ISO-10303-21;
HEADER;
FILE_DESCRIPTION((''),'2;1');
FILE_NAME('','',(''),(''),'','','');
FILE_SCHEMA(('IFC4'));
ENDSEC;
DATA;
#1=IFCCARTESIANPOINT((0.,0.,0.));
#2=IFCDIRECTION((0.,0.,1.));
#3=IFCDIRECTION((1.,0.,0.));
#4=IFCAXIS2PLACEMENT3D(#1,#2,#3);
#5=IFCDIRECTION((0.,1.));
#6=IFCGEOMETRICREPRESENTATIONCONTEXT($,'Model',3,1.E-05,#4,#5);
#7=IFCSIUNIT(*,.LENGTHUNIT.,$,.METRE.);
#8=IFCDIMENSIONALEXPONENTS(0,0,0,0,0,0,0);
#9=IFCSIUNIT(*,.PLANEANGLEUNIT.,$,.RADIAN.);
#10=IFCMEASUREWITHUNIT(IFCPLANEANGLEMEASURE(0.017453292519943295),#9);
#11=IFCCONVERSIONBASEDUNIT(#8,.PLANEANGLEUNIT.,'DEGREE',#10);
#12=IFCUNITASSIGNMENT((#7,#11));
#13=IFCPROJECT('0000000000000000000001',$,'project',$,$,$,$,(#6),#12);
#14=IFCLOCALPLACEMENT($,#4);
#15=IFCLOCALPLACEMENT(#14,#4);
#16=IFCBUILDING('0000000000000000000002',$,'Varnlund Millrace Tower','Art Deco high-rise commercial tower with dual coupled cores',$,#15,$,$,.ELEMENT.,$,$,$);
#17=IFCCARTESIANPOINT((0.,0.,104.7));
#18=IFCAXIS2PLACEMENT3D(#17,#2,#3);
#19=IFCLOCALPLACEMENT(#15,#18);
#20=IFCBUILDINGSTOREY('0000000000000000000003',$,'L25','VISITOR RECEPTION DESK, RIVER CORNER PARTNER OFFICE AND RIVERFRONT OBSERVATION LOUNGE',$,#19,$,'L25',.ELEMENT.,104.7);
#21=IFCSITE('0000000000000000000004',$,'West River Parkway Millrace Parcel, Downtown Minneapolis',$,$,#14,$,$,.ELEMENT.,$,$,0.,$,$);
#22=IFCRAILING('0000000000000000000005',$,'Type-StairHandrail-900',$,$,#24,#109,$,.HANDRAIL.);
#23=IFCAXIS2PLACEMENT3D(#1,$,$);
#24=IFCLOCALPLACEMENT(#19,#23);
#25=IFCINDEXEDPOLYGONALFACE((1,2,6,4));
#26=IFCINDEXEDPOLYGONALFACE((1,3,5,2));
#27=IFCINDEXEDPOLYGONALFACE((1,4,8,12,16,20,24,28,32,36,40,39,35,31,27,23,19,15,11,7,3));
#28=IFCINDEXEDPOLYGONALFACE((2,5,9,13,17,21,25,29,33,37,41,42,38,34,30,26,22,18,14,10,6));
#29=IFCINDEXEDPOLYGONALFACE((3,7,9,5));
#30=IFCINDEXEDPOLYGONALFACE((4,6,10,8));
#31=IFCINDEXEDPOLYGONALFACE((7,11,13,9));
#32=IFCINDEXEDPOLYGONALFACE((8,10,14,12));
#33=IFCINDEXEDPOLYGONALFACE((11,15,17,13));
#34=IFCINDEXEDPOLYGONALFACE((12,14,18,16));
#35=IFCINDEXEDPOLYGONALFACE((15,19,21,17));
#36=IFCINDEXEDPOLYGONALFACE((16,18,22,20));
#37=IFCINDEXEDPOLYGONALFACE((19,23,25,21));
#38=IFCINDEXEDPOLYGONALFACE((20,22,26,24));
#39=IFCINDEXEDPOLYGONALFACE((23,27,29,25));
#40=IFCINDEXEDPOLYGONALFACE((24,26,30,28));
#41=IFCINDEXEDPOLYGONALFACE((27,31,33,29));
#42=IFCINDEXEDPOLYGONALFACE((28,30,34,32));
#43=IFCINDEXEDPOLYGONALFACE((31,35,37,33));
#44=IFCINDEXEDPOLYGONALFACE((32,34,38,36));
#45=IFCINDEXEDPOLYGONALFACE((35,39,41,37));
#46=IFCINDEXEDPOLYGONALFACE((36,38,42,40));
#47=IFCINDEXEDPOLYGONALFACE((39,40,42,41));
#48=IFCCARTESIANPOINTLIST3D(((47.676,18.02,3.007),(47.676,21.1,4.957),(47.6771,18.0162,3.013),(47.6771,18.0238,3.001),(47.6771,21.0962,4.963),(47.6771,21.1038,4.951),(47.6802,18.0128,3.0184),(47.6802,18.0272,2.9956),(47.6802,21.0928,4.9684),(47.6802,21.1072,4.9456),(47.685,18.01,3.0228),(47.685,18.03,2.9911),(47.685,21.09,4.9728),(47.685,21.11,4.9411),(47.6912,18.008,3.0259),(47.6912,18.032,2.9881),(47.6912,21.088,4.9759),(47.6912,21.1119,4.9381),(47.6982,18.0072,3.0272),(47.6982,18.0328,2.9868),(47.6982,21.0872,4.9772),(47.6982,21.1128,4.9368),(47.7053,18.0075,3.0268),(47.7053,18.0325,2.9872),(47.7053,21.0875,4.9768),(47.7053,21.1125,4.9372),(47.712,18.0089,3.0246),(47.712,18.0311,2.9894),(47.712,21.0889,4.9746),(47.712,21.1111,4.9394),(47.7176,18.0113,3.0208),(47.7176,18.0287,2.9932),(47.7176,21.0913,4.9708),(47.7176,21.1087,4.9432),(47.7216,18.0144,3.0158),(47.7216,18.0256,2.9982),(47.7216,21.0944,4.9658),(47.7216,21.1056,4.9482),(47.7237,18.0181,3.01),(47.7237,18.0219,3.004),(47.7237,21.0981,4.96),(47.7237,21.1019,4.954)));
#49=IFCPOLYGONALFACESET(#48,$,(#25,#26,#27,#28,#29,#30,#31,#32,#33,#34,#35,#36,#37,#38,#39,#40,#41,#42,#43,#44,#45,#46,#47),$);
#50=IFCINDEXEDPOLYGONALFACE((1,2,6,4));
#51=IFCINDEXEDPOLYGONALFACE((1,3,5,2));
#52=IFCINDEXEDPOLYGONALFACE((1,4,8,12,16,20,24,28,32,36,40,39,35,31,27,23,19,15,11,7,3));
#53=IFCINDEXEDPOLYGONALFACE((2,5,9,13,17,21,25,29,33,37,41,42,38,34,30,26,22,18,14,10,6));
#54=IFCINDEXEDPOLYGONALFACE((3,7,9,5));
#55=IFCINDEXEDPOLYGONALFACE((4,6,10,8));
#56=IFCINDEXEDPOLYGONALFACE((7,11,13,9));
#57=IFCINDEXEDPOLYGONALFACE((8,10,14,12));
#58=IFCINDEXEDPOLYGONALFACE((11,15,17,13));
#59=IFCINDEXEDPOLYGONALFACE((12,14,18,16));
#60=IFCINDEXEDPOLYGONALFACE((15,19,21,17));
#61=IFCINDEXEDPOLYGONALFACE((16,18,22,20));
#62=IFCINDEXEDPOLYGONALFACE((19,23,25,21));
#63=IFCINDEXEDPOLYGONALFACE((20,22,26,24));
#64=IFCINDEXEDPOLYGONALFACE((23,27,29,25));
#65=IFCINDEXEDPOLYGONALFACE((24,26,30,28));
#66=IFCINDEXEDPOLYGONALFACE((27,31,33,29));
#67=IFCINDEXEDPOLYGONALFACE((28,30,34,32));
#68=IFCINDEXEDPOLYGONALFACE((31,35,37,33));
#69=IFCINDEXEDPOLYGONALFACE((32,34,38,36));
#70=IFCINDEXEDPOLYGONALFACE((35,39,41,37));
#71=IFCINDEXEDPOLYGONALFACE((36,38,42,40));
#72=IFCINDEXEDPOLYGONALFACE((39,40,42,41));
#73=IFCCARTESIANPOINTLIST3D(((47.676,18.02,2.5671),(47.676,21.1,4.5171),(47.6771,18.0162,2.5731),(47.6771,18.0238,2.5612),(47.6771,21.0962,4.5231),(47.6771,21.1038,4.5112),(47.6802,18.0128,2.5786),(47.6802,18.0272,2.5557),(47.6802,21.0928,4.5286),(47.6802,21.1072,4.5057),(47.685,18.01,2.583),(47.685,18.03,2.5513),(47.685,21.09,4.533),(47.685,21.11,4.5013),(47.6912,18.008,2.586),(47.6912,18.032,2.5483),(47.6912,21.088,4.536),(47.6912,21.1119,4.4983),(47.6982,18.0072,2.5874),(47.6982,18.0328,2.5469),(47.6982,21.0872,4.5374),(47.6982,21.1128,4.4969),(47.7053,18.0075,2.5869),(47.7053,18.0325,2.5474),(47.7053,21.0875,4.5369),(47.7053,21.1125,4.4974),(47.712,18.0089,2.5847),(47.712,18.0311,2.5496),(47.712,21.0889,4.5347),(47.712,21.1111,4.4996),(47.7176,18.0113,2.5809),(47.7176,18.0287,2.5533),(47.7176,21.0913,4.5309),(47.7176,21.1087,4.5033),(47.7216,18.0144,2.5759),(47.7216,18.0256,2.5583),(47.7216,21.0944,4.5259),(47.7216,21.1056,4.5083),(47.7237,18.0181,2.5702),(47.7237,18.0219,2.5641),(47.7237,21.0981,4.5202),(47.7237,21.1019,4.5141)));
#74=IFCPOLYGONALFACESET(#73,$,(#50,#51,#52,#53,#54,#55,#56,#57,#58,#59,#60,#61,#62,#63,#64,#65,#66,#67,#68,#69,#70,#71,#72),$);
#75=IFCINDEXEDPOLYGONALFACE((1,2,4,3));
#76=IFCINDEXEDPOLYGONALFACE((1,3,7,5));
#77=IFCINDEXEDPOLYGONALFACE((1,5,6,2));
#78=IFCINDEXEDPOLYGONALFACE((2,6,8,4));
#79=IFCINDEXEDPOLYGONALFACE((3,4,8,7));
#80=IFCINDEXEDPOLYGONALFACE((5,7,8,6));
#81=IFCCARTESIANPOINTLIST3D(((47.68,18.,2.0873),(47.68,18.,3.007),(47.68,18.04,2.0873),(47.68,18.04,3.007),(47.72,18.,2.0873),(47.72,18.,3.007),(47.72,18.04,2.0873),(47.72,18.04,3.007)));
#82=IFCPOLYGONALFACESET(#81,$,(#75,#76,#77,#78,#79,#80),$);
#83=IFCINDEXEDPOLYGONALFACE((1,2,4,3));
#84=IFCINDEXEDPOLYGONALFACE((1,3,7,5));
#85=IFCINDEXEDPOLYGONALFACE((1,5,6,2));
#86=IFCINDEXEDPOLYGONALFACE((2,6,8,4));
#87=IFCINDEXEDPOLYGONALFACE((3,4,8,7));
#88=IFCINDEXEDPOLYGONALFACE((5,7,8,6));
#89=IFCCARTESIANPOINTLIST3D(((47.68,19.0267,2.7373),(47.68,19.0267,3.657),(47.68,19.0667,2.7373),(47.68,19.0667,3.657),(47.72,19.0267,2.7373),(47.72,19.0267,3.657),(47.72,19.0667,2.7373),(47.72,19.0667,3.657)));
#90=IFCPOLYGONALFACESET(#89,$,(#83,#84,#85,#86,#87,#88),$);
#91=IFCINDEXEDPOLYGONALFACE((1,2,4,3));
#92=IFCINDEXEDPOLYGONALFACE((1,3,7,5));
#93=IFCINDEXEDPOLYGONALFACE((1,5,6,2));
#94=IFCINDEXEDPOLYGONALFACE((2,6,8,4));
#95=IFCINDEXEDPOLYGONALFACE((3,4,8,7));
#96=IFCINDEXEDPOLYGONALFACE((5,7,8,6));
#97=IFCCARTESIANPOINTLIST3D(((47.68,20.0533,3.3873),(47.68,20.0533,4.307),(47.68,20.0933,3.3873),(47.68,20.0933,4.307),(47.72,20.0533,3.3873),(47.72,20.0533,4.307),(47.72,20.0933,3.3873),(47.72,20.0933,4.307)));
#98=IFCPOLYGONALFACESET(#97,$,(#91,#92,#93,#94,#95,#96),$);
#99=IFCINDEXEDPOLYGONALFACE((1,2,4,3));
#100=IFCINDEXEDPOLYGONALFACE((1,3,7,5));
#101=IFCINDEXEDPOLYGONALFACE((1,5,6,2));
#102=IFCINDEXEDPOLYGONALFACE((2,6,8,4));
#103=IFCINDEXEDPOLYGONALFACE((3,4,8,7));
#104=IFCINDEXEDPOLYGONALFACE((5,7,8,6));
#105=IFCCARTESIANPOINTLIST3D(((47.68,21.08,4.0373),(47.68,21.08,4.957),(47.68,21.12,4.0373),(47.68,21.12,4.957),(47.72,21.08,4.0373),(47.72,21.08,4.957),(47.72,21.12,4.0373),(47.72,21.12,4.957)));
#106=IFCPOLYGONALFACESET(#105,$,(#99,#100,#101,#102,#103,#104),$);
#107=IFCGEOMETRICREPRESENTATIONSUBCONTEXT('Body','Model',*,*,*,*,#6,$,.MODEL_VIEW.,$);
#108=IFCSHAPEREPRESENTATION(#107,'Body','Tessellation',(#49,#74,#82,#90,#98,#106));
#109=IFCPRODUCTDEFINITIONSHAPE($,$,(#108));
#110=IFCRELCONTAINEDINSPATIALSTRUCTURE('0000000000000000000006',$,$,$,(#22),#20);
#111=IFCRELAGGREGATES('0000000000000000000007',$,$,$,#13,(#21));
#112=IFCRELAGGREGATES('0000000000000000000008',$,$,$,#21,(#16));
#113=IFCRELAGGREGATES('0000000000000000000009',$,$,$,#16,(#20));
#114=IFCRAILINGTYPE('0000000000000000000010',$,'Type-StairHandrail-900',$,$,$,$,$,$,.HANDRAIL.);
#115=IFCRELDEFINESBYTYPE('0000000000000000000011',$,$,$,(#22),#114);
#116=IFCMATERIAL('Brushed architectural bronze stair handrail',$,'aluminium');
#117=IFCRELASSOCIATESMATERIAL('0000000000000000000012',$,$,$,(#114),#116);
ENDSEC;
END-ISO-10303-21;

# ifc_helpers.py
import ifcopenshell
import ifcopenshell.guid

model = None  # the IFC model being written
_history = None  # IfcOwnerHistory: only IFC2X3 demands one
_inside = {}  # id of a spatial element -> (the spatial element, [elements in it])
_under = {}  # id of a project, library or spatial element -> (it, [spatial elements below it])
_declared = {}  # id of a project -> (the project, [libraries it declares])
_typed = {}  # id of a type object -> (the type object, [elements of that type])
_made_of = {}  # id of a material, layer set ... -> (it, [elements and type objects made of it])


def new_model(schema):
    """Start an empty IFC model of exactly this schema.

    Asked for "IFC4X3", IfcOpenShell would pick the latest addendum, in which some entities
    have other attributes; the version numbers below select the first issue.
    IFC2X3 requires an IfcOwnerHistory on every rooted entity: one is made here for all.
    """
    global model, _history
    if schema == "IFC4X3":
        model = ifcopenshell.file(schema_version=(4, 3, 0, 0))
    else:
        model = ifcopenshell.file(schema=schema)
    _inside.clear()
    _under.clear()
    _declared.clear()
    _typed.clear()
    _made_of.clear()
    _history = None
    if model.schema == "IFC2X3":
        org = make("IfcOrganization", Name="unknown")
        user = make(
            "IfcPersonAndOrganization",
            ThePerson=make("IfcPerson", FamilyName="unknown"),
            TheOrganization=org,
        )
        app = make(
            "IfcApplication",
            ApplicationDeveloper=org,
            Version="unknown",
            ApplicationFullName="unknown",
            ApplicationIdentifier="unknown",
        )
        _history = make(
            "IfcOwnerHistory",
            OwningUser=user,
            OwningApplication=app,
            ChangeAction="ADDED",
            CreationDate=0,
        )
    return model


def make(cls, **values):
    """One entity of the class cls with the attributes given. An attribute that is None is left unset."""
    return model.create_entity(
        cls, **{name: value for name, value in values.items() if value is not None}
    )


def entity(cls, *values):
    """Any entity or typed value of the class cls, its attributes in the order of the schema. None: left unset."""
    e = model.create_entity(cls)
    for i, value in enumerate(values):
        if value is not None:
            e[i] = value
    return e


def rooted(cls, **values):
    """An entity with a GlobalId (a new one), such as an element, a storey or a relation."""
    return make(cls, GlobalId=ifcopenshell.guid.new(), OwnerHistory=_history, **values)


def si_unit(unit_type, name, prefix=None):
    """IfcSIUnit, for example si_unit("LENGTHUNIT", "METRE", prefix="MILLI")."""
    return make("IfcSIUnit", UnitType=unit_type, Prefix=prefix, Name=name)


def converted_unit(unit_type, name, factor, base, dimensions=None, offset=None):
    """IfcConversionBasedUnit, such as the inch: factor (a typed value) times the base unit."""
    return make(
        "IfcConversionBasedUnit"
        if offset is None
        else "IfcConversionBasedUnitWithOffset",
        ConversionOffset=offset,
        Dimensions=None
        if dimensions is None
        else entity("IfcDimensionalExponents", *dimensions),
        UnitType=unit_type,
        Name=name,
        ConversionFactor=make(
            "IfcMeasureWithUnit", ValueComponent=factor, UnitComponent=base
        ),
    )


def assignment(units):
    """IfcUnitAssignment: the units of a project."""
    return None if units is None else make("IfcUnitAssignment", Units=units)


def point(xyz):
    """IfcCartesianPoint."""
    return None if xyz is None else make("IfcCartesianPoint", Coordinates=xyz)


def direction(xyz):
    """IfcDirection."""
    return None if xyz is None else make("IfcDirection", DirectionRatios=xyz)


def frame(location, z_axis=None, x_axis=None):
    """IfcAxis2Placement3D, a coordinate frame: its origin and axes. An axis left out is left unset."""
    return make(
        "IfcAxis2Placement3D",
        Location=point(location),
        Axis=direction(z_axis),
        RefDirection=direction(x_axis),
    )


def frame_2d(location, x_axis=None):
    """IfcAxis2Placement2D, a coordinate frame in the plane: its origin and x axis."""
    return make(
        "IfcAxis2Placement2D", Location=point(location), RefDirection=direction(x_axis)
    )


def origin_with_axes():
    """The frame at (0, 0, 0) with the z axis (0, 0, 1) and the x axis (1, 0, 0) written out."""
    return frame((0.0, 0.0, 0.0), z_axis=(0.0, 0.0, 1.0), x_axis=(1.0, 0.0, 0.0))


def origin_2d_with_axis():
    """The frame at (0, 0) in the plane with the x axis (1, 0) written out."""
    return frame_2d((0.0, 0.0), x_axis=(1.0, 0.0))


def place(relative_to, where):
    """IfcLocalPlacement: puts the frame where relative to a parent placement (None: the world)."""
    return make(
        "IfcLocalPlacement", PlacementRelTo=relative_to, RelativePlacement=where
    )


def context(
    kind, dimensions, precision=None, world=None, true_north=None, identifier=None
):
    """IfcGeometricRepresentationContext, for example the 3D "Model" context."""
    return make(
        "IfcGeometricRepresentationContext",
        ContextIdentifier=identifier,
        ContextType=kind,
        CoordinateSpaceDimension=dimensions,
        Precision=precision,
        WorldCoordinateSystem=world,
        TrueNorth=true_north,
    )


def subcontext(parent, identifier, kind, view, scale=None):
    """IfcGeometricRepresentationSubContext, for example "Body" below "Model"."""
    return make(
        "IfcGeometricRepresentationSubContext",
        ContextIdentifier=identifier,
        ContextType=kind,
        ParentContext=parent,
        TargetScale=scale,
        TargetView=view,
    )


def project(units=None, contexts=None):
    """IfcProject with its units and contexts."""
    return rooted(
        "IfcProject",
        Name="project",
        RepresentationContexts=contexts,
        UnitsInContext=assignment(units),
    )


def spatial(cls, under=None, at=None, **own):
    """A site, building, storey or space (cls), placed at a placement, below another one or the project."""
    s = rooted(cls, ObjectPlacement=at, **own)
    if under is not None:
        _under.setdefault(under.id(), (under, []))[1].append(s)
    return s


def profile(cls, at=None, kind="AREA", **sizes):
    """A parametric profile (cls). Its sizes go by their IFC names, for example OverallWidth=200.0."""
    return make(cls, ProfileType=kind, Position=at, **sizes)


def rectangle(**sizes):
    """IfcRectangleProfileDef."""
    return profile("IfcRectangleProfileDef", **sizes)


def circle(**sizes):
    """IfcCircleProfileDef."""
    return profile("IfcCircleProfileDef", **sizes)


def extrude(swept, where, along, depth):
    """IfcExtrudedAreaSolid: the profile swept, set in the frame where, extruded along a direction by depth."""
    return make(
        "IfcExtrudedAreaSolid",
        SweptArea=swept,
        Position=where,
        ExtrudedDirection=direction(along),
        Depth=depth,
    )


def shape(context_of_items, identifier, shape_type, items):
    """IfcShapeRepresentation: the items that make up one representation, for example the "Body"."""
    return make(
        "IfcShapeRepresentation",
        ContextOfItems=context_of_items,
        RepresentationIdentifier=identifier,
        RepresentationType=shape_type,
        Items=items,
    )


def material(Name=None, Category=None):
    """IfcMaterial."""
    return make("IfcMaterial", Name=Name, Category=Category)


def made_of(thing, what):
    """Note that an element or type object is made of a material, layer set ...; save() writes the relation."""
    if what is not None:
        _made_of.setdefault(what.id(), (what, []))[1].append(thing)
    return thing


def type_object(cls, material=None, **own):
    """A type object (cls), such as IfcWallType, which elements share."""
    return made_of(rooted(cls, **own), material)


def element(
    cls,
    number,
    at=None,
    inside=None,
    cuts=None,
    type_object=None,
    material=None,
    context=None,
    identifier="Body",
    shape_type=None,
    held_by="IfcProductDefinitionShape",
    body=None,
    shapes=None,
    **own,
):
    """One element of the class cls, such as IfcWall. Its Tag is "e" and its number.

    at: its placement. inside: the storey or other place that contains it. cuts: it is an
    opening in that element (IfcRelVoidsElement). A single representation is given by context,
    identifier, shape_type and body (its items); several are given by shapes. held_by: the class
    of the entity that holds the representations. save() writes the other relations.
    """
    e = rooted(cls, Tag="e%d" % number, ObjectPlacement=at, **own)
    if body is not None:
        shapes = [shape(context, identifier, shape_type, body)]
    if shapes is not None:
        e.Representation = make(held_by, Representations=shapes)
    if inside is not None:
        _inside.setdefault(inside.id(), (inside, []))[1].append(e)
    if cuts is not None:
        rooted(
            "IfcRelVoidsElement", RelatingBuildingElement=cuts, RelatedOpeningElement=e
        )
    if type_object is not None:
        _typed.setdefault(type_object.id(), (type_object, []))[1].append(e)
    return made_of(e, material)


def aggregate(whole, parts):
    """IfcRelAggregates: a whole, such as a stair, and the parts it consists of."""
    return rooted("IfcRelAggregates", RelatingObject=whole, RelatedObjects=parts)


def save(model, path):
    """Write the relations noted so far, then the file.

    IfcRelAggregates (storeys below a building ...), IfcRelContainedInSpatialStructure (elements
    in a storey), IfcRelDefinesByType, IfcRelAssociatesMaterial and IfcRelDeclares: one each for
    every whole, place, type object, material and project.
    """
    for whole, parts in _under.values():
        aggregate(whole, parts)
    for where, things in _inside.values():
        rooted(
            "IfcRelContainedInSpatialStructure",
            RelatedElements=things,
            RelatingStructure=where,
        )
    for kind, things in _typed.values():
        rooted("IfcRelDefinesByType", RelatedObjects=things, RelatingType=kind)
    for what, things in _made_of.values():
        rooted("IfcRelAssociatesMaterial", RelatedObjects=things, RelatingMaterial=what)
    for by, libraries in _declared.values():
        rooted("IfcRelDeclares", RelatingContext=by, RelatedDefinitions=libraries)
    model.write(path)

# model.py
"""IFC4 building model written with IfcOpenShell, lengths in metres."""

from ifc_helpers import new_model, entity, si_unit, converted_unit, direction, frame, origin_with_axes, origin_2d_with_axis, place, context, subcontext, project, spatial, rectangle, circle, extrude, material, type_object, element, save


model = new_model("IFC4")

# Units and contexts
model_context = context("Model", 3, precision=1e-05, world=origin_with_axes(), true_north=direction((0.0, 1.0)))
body_context = subcontext(model_context, "Body", "Model", "MODEL_VIEW")
ifc_project = project(units=[si_unit("LENGTHUNIT", "METRE"), converted_unit("PLANEANGLEUNIT", "DEGREE", entity("IfcPlaneAngleMeasure", 0.017453292519943295), si_unit("PLANEANGLEUNIT", "RADIAN"), dimensions=[0, 0, 0, 0, 0, 0, 0])], contexts=[model_context])

# Site, building, storey
site_placement = place(None, origin_with_axes())
site = spatial("IfcSite", under=ifc_project, at=site_placement, Name="West River Parkway Millrace Parcel, Downtown Minneapolis", CompositionType="ELEMENT", RefElevation=0.0)
building_placement = place(site_placement, origin_with_axes())
building = spatial("IfcBuilding", under=site, at=building_placement, Name="Varnlund Millrace Tower", Description="Art Deco high-rise commercial tower with dual coupled cores", CompositionType="ELEMENT")
storey_placement = place(building_placement, frame((0.0, 0.0, 104.7), z_axis=(0.0, 0.0, 1.0), x_axis=(1.0, 0.0, 0.0)))
storey = spatial("IfcBuildingStorey", under=building, at=storey_placement, Name="L25", Description="VISITOR RECEPTION DESK, RIVER CORNER PARTNER OFFICE AND RIVERFRONT OBSERVATION LOUNGE", LongName="L25", CompositionType="ELEMENT", Elevation=104.7)

# Railing
ifc_material_1 = material(Name="Brushed architectural bronze stair handrail", Category="aluminium")
railing_type_1 = type_object("IfcRailingType", Name="Type-StairHandrail-900", PredefinedType="HANDRAIL", material=ifc_material_1)
railing_1_placement = place(storey_placement, frame((0.0, 0.0, -104.7), z_axis=(0.0, 0.0, 1.0), x_axis=(1.0, 0.0, 0.0)))
element("IfcRailing", 1, at=railing_1_placement, inside=storey, type_object=railing_type_1, Name="Type-StairHandrail-900", PredefinedType="HANDRAIL", context=body_context, shape_type="SweptSolid", body=[
    extrude(circle(Radius=0.024, at=origin_2d_with_axis()), frame((47.7, 18.02, 107.707), z_axis=(0.0, 0.844902, 0.534922), x_axis=(-1.0, 0.0, 0.0)), (0.0, 0.0, 1.0), 3.6454),
    extrude(circle(Radius=0.024, at=origin_2d_with_axis()), frame((47.7, 18.02, 107.2671), z_axis=(0.0, 0.844902, 0.534922), x_axis=(-1.0, 0.0, 0.0)), (0.0, 0.0, 1.0), 3.6454),
    extrude(rectangle(XDim=0.04, YDim=0.04, at=origin_2d_with_axis()), frame((47.7, 18.02, 106.7873), z_axis=(0.0, 0.0, 1.0), x_axis=(1.0, 0.0, 0.0)), (0.0, 0.0, 1.0), 0.9197),
    extrude(rectangle(XDim=0.04, YDim=0.04, at=origin_2d_with_axis()), frame((47.7, 19.0467, 107.4373), z_axis=(0.0, 0.0, 1.0), x_axis=(1.0, 0.0, 0.0)), (0.0, 0.0, 1.0), 0.9197),
    extrude(rectangle(XDim=0.04, YDim=0.04, at=origin_2d_with_axis()), frame((47.7, 20.0733, 108.0873), z_axis=(0.0, 0.0, 1.0), x_axis=(1.0, 0.0, 0.0)), (0.0, 0.0, 1.0), 0.9197),
    extrude(rectangle(XDim=0.04, YDim=0.04, at=origin_2d_with_axis()), frame((47.7, 21.1, 108.7373), z_axis=(0.0, 0.0, 1.0), x_axis=(1.0, 0.0, 0.0)), (0.0, 0.0, 1.0), 0.9197),
])

save(model, "model.ifc")
